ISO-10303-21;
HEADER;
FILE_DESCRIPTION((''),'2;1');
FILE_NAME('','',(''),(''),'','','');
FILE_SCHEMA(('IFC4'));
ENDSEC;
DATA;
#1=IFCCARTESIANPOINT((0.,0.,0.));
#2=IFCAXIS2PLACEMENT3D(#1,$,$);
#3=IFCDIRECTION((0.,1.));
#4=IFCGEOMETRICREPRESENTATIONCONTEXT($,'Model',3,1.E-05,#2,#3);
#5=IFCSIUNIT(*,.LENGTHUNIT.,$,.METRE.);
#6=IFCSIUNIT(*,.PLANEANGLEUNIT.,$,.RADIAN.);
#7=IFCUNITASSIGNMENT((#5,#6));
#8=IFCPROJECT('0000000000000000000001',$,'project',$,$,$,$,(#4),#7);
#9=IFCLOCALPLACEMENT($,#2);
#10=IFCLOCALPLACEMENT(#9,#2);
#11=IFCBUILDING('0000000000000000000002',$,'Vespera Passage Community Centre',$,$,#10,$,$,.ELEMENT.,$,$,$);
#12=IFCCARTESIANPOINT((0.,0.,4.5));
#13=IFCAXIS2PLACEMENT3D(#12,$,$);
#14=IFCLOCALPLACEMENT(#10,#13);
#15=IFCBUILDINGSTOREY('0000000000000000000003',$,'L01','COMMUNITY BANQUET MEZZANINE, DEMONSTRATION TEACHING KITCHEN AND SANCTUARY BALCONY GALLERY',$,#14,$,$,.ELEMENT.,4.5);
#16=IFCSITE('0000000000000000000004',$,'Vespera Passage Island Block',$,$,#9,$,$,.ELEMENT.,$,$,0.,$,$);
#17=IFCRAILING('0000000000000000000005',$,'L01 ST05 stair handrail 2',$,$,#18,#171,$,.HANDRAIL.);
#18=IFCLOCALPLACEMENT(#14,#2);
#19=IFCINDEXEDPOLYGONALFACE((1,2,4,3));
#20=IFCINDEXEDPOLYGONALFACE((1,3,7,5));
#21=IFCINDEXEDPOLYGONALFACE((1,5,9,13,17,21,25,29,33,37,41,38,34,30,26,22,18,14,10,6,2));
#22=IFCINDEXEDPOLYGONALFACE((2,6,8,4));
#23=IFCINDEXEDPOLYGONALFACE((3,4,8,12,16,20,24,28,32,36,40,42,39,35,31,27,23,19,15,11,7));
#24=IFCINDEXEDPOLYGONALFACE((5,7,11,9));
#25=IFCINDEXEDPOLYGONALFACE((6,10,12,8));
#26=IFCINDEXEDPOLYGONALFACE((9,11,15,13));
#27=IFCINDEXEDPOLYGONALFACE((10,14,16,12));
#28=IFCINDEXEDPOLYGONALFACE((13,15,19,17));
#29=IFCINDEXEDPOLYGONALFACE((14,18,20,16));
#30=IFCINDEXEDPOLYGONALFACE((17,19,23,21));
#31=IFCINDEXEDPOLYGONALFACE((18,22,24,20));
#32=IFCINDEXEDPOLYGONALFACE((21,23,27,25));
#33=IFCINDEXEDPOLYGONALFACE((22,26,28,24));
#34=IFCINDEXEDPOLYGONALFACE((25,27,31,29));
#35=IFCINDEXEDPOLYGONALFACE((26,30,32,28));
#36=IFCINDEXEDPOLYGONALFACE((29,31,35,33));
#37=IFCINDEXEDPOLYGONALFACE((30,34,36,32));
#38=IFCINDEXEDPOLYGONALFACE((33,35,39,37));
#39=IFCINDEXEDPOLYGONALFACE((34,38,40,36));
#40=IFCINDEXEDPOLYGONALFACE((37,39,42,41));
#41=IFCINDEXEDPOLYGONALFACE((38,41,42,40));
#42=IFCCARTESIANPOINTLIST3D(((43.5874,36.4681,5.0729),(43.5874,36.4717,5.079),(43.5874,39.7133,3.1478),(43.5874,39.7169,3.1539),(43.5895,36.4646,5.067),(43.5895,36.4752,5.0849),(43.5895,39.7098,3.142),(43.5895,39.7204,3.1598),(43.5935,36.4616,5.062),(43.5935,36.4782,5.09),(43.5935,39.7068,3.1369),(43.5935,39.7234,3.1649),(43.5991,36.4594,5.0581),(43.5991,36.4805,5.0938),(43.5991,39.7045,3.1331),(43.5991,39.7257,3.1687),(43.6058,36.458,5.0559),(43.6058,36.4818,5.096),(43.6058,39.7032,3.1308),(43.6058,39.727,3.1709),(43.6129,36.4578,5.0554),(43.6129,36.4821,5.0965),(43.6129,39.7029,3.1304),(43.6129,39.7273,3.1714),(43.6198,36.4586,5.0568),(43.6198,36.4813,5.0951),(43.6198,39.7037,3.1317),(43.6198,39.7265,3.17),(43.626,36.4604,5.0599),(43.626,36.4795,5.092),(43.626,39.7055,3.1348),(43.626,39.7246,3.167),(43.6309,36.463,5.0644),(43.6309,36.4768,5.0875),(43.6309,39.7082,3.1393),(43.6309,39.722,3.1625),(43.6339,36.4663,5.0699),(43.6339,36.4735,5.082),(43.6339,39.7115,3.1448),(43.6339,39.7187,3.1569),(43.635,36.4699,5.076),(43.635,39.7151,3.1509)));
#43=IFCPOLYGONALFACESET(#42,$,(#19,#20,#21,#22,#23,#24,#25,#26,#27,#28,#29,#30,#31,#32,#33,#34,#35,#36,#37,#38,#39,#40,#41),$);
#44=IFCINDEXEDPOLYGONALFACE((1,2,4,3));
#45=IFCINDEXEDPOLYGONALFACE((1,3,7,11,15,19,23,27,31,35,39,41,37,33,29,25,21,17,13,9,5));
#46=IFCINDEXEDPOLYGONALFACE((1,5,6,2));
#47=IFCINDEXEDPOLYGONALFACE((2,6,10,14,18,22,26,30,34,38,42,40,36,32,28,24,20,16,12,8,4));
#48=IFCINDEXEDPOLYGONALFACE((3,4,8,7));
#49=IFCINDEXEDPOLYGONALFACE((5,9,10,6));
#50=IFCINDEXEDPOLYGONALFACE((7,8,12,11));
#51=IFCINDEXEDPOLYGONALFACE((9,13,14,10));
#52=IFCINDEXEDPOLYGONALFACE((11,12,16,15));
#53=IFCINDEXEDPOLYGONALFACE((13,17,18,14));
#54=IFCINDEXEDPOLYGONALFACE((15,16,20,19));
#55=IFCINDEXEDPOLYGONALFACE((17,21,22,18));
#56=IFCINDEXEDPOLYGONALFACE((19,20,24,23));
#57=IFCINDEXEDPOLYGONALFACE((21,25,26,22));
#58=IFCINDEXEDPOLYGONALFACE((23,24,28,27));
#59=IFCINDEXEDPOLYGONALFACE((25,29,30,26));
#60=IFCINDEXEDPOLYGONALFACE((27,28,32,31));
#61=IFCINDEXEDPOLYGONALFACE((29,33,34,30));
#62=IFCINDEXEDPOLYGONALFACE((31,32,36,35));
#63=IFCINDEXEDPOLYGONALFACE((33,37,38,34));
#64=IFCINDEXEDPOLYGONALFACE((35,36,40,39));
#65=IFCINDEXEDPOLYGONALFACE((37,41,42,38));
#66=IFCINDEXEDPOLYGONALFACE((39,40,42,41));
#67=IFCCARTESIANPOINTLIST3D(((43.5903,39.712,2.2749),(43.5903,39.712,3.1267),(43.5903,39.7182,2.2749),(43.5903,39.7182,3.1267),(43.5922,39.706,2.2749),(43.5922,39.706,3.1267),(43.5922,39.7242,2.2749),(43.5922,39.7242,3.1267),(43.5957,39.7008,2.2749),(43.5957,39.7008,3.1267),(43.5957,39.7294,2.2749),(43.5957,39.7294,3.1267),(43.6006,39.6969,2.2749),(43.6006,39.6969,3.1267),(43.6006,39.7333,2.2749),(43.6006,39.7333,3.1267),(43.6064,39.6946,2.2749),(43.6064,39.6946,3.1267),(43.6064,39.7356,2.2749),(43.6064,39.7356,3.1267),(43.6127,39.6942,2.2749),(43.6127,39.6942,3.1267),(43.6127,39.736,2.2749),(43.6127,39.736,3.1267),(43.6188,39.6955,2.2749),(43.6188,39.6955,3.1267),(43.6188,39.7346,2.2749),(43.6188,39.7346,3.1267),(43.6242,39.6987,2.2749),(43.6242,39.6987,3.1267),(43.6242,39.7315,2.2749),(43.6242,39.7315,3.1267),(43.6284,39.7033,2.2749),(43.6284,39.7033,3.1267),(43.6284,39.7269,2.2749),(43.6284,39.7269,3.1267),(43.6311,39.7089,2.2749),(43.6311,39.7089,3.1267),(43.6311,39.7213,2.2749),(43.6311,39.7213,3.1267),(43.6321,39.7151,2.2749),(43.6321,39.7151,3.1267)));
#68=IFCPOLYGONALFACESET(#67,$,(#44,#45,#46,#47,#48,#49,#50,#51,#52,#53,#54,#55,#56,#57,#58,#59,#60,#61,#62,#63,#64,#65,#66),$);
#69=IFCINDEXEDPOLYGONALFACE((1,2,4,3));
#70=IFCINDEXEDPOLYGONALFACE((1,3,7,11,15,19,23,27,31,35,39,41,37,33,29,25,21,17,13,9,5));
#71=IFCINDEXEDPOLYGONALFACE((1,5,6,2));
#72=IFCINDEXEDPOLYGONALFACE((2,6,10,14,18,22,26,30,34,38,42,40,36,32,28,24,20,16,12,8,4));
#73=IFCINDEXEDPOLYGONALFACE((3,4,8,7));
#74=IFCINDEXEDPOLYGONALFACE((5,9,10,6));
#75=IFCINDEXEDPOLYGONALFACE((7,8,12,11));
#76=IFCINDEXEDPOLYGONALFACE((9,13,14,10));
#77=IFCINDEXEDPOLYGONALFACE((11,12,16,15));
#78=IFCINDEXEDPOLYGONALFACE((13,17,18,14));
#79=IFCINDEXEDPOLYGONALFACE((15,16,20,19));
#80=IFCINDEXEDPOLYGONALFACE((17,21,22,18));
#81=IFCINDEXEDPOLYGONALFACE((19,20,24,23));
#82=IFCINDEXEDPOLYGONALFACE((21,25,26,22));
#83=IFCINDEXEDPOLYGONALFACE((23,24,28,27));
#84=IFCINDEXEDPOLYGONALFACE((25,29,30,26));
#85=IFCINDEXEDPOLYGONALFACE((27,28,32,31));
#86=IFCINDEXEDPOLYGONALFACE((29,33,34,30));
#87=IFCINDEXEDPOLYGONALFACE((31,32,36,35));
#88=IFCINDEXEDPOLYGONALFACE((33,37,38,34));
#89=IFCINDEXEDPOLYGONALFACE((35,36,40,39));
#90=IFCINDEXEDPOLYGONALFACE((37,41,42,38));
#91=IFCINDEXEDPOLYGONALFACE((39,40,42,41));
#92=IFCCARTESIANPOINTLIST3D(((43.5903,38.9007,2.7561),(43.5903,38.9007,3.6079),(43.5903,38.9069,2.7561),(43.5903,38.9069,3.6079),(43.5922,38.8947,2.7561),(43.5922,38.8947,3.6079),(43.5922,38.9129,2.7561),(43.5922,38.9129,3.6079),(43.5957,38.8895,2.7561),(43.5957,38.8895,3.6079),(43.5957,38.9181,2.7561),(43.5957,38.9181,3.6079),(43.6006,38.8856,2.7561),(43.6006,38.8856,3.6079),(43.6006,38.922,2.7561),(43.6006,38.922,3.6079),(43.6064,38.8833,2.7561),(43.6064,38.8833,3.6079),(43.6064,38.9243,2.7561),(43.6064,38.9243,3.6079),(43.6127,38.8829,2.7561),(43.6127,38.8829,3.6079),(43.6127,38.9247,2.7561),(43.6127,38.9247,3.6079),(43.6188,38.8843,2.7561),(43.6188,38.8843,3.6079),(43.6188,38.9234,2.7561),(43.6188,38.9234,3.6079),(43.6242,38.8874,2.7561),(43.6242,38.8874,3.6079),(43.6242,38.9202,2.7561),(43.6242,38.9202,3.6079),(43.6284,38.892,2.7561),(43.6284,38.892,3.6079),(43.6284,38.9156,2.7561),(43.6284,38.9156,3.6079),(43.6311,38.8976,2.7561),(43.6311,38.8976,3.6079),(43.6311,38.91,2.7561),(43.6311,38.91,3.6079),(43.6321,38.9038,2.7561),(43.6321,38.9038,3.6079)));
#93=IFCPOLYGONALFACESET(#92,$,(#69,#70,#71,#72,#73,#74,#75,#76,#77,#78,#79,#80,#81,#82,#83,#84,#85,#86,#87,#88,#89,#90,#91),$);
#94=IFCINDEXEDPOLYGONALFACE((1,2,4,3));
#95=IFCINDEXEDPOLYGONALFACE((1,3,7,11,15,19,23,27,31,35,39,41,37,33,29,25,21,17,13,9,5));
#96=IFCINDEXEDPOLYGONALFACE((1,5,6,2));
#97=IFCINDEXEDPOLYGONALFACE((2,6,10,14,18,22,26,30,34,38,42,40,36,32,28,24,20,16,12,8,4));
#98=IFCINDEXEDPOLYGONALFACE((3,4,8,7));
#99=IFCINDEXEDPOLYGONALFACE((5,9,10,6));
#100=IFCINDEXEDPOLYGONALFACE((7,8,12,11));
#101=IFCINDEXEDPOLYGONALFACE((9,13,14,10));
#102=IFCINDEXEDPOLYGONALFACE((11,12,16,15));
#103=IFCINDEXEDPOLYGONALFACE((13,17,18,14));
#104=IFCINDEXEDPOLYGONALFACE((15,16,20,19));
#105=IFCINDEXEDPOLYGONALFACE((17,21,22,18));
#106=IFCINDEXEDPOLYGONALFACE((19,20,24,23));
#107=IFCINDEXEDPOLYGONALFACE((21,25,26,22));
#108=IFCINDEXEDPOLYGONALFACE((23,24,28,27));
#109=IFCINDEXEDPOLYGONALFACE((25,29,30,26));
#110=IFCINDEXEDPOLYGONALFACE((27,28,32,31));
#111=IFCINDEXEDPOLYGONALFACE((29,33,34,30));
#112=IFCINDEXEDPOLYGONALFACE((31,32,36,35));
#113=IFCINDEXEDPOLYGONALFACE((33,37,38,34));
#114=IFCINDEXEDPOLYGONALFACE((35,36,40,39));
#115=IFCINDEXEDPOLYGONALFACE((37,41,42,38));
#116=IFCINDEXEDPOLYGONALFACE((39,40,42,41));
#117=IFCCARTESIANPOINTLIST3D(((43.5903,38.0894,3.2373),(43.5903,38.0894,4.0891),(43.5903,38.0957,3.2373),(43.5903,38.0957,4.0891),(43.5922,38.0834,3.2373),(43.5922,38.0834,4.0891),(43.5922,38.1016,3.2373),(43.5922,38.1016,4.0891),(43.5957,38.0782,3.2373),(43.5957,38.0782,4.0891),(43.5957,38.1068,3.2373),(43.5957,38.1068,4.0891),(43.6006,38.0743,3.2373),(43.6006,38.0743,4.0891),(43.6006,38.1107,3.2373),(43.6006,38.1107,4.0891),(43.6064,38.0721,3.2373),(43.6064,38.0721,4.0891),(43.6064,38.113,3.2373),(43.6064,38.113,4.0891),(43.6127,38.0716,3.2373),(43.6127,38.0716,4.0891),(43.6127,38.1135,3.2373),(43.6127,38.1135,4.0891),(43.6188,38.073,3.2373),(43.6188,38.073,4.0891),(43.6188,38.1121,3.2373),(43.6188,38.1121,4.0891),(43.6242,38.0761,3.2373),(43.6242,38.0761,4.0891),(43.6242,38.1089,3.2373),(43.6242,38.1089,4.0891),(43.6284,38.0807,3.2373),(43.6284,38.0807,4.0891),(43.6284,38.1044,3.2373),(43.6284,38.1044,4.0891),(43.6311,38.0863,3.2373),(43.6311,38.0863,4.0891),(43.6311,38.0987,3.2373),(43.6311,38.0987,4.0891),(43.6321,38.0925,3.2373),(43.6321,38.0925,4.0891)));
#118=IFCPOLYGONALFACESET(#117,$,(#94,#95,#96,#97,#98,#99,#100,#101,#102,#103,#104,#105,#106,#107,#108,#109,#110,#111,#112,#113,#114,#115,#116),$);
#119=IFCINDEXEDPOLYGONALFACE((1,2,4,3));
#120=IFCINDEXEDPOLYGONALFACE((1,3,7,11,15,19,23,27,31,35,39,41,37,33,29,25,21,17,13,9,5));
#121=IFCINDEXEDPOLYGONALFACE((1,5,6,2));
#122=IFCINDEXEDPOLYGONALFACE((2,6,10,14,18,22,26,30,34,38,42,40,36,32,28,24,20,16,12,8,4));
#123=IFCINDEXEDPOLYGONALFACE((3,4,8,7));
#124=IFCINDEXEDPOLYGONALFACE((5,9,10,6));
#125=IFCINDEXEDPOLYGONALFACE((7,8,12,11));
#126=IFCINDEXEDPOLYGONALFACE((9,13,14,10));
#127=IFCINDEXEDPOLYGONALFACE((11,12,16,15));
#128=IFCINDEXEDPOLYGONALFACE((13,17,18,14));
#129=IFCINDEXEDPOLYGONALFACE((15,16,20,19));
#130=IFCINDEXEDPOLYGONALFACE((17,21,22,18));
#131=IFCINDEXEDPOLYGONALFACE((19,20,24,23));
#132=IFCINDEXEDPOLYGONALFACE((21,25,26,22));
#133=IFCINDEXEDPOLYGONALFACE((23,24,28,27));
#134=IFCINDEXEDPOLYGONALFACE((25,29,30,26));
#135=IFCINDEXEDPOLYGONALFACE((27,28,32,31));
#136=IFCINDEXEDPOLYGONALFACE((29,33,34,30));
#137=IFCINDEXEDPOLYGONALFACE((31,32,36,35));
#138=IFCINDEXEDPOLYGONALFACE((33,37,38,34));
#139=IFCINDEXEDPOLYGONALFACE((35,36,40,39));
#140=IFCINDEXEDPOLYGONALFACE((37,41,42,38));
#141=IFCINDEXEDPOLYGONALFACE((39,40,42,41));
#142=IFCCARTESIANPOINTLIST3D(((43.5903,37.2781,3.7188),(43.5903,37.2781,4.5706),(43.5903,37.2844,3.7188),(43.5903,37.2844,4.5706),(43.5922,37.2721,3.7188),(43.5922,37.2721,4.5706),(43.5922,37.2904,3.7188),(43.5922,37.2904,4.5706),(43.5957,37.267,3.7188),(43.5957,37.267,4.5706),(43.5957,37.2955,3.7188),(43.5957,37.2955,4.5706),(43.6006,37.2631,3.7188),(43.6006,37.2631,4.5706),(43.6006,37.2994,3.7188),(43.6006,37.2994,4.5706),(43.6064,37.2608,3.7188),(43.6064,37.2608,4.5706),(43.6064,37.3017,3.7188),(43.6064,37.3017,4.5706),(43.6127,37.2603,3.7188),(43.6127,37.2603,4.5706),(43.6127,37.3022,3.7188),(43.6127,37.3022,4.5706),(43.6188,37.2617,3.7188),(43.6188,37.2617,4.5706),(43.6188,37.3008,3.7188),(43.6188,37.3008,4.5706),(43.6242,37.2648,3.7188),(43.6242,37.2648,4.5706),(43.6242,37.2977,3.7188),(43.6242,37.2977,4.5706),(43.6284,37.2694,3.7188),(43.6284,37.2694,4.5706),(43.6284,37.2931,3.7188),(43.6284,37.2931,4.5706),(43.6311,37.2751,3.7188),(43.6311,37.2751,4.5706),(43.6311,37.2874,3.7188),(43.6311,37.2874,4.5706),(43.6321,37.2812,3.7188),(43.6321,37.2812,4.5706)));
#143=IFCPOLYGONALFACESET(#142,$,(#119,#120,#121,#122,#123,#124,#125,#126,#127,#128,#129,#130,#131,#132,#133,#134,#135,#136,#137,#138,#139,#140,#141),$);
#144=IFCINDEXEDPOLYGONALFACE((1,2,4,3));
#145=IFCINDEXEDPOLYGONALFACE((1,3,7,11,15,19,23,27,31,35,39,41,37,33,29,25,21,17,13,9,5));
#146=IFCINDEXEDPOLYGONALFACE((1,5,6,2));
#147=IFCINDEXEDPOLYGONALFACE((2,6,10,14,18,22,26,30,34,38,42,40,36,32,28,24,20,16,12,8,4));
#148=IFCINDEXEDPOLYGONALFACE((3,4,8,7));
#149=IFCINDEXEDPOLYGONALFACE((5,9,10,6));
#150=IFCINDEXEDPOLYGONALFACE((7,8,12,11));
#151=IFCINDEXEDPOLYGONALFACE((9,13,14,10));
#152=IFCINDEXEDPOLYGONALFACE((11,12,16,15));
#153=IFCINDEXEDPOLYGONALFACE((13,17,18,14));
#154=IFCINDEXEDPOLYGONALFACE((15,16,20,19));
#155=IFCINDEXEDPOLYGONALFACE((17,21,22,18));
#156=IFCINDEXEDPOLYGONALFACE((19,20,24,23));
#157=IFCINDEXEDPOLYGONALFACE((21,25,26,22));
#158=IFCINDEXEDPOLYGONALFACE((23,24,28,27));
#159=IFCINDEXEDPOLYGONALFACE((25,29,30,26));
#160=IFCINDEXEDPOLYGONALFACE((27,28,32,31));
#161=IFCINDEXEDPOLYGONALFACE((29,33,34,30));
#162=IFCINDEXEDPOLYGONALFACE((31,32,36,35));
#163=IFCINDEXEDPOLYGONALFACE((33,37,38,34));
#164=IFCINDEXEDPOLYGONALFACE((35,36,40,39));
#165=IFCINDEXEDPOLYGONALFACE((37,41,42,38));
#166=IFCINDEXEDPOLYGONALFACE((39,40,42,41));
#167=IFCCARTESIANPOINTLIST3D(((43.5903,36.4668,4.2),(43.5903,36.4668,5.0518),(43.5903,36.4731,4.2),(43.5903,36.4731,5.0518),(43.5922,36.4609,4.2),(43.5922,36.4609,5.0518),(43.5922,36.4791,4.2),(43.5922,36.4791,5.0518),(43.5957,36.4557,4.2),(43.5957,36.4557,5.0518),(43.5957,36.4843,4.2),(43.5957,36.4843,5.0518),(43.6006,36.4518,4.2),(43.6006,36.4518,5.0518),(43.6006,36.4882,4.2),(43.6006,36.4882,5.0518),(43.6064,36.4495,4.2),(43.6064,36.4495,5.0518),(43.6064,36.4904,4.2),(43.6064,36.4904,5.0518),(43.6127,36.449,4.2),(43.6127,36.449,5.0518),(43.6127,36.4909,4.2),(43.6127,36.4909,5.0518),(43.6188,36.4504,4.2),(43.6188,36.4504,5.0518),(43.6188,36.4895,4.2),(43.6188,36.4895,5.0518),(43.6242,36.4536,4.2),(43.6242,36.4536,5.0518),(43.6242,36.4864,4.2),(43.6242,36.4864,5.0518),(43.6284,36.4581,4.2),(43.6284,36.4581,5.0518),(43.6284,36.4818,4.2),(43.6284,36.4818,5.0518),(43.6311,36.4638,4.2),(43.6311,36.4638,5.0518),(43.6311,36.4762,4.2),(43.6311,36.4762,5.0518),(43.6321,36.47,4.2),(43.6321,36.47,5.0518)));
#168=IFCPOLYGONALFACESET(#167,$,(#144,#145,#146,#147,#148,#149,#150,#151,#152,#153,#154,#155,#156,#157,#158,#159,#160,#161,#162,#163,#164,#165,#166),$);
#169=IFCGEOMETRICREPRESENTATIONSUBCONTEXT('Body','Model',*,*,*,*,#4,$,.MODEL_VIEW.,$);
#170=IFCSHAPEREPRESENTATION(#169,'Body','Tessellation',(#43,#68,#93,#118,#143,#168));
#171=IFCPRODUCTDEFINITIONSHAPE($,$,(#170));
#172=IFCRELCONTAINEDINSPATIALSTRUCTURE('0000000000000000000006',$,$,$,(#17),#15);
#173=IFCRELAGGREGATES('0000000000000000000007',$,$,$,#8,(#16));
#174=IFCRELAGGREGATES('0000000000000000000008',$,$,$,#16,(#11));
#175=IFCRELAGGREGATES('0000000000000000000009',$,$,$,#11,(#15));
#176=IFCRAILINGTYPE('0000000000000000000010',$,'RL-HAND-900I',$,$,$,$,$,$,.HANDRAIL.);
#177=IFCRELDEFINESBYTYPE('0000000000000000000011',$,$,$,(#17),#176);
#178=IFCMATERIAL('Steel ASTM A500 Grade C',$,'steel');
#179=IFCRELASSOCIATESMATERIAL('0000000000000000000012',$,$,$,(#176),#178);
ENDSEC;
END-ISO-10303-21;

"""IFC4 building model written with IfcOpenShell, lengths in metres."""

from ifc_helpers import new_model, si_unit, direction, frame, origin, origin_2d, place, context, subcontext, project, spatial, circle, extrude, material, type_object, element, save


model = new_model("IFC4")

# Units and contexts
model_context = context("Model", 3, precision=1e-05, world=origin(), true_north=direction((0.0, 1.0)))
body_context = subcontext(model_context, "Body", "Model", "MODEL_VIEW")
ifc_project = project(units=[si_unit("LENGTHUNIT", "METRE"), si_unit("PLANEANGLEUNIT", "RADIAN")], contexts=[model_context])

# Site, building, storey
site_placement = place(None, origin())
site = spatial("IfcSite", under=ifc_project, at=site_placement, Name="Vespera Passage Island Block", CompositionType="ELEMENT", RefElevation=0.0)
building_placement = place(site_placement, origin())
building = spatial("IfcBuilding", under=site, at=building_placement, Name="Vespera Passage Community Centre", CompositionType="ELEMENT")
storey_placement = place(building_placement, frame((0.0, 0.0, 4.5)))
storey = spatial("IfcBuildingStorey", under=building, at=storey_placement, Name="L01", Description="COMMUNITY BANQUET MEZZANINE, DEMONSTRATION TEACHING KITCHEN AND SANCTUARY BALCONY GALLERY", CompositionType="ELEMENT", Elevation=4.5)

# Railing
ifc_material_1 = material(Name="Steel ASTM A500 Grade C", Category="steel")
railing_type_1 = type_object("IfcRailingType", Name="RL-HAND-900I", PredefinedType="HANDRAIL", material=ifc_material_1)
railing_1_placement = place(storey_placement, frame((43.6111, 39.7151, 2.2749)))
element("IfcRailing", 1, at=railing_1_placement, inside=storey, type_object=railing_type_1, Name="L01 ST05 stair handrail 2", PredefinedType="HANDRAIL", context=body_context, shape_type="SweptSolid", body=[
    extrude(circle(Radius=0.0239, at=origin_2d()), frame((0.0, 0.0, 0.876), z_axis=(0.0, -0.860057, 0.510198), x_axis=(1.0, 0.0, 0.0)), (0.0, 0.0, 1.0), 3.7732),
    extrude(circle(Radius=0.021, at=origin_2d()), origin(), (0.0, 0.0, 1.0), 0.8518),
    extrude(circle(Radius=0.021, at=origin_2d()), frame((0.0, -0.8113, 0.4812)), (0.0, 0.0, 1.0), 0.8518),
    extrude(circle(Radius=0.021, at=origin_2d()), frame((0.0, -1.6226, 0.9624)), (0.0, 0.0, 1.0), 0.8518),
    extrude(circle(Radius=0.021, at=origin_2d()), frame((0.0, -2.4338, 1.4438)), (0.0, 0.0, 1.0), 0.8518),
    extrude(circle(Radius=0.021, at=origin_2d()), frame((0.0, -3.2451, 1.925)), (0.0, 0.0, 1.0), 0.8518),
])

save(model, "model.ifc")
